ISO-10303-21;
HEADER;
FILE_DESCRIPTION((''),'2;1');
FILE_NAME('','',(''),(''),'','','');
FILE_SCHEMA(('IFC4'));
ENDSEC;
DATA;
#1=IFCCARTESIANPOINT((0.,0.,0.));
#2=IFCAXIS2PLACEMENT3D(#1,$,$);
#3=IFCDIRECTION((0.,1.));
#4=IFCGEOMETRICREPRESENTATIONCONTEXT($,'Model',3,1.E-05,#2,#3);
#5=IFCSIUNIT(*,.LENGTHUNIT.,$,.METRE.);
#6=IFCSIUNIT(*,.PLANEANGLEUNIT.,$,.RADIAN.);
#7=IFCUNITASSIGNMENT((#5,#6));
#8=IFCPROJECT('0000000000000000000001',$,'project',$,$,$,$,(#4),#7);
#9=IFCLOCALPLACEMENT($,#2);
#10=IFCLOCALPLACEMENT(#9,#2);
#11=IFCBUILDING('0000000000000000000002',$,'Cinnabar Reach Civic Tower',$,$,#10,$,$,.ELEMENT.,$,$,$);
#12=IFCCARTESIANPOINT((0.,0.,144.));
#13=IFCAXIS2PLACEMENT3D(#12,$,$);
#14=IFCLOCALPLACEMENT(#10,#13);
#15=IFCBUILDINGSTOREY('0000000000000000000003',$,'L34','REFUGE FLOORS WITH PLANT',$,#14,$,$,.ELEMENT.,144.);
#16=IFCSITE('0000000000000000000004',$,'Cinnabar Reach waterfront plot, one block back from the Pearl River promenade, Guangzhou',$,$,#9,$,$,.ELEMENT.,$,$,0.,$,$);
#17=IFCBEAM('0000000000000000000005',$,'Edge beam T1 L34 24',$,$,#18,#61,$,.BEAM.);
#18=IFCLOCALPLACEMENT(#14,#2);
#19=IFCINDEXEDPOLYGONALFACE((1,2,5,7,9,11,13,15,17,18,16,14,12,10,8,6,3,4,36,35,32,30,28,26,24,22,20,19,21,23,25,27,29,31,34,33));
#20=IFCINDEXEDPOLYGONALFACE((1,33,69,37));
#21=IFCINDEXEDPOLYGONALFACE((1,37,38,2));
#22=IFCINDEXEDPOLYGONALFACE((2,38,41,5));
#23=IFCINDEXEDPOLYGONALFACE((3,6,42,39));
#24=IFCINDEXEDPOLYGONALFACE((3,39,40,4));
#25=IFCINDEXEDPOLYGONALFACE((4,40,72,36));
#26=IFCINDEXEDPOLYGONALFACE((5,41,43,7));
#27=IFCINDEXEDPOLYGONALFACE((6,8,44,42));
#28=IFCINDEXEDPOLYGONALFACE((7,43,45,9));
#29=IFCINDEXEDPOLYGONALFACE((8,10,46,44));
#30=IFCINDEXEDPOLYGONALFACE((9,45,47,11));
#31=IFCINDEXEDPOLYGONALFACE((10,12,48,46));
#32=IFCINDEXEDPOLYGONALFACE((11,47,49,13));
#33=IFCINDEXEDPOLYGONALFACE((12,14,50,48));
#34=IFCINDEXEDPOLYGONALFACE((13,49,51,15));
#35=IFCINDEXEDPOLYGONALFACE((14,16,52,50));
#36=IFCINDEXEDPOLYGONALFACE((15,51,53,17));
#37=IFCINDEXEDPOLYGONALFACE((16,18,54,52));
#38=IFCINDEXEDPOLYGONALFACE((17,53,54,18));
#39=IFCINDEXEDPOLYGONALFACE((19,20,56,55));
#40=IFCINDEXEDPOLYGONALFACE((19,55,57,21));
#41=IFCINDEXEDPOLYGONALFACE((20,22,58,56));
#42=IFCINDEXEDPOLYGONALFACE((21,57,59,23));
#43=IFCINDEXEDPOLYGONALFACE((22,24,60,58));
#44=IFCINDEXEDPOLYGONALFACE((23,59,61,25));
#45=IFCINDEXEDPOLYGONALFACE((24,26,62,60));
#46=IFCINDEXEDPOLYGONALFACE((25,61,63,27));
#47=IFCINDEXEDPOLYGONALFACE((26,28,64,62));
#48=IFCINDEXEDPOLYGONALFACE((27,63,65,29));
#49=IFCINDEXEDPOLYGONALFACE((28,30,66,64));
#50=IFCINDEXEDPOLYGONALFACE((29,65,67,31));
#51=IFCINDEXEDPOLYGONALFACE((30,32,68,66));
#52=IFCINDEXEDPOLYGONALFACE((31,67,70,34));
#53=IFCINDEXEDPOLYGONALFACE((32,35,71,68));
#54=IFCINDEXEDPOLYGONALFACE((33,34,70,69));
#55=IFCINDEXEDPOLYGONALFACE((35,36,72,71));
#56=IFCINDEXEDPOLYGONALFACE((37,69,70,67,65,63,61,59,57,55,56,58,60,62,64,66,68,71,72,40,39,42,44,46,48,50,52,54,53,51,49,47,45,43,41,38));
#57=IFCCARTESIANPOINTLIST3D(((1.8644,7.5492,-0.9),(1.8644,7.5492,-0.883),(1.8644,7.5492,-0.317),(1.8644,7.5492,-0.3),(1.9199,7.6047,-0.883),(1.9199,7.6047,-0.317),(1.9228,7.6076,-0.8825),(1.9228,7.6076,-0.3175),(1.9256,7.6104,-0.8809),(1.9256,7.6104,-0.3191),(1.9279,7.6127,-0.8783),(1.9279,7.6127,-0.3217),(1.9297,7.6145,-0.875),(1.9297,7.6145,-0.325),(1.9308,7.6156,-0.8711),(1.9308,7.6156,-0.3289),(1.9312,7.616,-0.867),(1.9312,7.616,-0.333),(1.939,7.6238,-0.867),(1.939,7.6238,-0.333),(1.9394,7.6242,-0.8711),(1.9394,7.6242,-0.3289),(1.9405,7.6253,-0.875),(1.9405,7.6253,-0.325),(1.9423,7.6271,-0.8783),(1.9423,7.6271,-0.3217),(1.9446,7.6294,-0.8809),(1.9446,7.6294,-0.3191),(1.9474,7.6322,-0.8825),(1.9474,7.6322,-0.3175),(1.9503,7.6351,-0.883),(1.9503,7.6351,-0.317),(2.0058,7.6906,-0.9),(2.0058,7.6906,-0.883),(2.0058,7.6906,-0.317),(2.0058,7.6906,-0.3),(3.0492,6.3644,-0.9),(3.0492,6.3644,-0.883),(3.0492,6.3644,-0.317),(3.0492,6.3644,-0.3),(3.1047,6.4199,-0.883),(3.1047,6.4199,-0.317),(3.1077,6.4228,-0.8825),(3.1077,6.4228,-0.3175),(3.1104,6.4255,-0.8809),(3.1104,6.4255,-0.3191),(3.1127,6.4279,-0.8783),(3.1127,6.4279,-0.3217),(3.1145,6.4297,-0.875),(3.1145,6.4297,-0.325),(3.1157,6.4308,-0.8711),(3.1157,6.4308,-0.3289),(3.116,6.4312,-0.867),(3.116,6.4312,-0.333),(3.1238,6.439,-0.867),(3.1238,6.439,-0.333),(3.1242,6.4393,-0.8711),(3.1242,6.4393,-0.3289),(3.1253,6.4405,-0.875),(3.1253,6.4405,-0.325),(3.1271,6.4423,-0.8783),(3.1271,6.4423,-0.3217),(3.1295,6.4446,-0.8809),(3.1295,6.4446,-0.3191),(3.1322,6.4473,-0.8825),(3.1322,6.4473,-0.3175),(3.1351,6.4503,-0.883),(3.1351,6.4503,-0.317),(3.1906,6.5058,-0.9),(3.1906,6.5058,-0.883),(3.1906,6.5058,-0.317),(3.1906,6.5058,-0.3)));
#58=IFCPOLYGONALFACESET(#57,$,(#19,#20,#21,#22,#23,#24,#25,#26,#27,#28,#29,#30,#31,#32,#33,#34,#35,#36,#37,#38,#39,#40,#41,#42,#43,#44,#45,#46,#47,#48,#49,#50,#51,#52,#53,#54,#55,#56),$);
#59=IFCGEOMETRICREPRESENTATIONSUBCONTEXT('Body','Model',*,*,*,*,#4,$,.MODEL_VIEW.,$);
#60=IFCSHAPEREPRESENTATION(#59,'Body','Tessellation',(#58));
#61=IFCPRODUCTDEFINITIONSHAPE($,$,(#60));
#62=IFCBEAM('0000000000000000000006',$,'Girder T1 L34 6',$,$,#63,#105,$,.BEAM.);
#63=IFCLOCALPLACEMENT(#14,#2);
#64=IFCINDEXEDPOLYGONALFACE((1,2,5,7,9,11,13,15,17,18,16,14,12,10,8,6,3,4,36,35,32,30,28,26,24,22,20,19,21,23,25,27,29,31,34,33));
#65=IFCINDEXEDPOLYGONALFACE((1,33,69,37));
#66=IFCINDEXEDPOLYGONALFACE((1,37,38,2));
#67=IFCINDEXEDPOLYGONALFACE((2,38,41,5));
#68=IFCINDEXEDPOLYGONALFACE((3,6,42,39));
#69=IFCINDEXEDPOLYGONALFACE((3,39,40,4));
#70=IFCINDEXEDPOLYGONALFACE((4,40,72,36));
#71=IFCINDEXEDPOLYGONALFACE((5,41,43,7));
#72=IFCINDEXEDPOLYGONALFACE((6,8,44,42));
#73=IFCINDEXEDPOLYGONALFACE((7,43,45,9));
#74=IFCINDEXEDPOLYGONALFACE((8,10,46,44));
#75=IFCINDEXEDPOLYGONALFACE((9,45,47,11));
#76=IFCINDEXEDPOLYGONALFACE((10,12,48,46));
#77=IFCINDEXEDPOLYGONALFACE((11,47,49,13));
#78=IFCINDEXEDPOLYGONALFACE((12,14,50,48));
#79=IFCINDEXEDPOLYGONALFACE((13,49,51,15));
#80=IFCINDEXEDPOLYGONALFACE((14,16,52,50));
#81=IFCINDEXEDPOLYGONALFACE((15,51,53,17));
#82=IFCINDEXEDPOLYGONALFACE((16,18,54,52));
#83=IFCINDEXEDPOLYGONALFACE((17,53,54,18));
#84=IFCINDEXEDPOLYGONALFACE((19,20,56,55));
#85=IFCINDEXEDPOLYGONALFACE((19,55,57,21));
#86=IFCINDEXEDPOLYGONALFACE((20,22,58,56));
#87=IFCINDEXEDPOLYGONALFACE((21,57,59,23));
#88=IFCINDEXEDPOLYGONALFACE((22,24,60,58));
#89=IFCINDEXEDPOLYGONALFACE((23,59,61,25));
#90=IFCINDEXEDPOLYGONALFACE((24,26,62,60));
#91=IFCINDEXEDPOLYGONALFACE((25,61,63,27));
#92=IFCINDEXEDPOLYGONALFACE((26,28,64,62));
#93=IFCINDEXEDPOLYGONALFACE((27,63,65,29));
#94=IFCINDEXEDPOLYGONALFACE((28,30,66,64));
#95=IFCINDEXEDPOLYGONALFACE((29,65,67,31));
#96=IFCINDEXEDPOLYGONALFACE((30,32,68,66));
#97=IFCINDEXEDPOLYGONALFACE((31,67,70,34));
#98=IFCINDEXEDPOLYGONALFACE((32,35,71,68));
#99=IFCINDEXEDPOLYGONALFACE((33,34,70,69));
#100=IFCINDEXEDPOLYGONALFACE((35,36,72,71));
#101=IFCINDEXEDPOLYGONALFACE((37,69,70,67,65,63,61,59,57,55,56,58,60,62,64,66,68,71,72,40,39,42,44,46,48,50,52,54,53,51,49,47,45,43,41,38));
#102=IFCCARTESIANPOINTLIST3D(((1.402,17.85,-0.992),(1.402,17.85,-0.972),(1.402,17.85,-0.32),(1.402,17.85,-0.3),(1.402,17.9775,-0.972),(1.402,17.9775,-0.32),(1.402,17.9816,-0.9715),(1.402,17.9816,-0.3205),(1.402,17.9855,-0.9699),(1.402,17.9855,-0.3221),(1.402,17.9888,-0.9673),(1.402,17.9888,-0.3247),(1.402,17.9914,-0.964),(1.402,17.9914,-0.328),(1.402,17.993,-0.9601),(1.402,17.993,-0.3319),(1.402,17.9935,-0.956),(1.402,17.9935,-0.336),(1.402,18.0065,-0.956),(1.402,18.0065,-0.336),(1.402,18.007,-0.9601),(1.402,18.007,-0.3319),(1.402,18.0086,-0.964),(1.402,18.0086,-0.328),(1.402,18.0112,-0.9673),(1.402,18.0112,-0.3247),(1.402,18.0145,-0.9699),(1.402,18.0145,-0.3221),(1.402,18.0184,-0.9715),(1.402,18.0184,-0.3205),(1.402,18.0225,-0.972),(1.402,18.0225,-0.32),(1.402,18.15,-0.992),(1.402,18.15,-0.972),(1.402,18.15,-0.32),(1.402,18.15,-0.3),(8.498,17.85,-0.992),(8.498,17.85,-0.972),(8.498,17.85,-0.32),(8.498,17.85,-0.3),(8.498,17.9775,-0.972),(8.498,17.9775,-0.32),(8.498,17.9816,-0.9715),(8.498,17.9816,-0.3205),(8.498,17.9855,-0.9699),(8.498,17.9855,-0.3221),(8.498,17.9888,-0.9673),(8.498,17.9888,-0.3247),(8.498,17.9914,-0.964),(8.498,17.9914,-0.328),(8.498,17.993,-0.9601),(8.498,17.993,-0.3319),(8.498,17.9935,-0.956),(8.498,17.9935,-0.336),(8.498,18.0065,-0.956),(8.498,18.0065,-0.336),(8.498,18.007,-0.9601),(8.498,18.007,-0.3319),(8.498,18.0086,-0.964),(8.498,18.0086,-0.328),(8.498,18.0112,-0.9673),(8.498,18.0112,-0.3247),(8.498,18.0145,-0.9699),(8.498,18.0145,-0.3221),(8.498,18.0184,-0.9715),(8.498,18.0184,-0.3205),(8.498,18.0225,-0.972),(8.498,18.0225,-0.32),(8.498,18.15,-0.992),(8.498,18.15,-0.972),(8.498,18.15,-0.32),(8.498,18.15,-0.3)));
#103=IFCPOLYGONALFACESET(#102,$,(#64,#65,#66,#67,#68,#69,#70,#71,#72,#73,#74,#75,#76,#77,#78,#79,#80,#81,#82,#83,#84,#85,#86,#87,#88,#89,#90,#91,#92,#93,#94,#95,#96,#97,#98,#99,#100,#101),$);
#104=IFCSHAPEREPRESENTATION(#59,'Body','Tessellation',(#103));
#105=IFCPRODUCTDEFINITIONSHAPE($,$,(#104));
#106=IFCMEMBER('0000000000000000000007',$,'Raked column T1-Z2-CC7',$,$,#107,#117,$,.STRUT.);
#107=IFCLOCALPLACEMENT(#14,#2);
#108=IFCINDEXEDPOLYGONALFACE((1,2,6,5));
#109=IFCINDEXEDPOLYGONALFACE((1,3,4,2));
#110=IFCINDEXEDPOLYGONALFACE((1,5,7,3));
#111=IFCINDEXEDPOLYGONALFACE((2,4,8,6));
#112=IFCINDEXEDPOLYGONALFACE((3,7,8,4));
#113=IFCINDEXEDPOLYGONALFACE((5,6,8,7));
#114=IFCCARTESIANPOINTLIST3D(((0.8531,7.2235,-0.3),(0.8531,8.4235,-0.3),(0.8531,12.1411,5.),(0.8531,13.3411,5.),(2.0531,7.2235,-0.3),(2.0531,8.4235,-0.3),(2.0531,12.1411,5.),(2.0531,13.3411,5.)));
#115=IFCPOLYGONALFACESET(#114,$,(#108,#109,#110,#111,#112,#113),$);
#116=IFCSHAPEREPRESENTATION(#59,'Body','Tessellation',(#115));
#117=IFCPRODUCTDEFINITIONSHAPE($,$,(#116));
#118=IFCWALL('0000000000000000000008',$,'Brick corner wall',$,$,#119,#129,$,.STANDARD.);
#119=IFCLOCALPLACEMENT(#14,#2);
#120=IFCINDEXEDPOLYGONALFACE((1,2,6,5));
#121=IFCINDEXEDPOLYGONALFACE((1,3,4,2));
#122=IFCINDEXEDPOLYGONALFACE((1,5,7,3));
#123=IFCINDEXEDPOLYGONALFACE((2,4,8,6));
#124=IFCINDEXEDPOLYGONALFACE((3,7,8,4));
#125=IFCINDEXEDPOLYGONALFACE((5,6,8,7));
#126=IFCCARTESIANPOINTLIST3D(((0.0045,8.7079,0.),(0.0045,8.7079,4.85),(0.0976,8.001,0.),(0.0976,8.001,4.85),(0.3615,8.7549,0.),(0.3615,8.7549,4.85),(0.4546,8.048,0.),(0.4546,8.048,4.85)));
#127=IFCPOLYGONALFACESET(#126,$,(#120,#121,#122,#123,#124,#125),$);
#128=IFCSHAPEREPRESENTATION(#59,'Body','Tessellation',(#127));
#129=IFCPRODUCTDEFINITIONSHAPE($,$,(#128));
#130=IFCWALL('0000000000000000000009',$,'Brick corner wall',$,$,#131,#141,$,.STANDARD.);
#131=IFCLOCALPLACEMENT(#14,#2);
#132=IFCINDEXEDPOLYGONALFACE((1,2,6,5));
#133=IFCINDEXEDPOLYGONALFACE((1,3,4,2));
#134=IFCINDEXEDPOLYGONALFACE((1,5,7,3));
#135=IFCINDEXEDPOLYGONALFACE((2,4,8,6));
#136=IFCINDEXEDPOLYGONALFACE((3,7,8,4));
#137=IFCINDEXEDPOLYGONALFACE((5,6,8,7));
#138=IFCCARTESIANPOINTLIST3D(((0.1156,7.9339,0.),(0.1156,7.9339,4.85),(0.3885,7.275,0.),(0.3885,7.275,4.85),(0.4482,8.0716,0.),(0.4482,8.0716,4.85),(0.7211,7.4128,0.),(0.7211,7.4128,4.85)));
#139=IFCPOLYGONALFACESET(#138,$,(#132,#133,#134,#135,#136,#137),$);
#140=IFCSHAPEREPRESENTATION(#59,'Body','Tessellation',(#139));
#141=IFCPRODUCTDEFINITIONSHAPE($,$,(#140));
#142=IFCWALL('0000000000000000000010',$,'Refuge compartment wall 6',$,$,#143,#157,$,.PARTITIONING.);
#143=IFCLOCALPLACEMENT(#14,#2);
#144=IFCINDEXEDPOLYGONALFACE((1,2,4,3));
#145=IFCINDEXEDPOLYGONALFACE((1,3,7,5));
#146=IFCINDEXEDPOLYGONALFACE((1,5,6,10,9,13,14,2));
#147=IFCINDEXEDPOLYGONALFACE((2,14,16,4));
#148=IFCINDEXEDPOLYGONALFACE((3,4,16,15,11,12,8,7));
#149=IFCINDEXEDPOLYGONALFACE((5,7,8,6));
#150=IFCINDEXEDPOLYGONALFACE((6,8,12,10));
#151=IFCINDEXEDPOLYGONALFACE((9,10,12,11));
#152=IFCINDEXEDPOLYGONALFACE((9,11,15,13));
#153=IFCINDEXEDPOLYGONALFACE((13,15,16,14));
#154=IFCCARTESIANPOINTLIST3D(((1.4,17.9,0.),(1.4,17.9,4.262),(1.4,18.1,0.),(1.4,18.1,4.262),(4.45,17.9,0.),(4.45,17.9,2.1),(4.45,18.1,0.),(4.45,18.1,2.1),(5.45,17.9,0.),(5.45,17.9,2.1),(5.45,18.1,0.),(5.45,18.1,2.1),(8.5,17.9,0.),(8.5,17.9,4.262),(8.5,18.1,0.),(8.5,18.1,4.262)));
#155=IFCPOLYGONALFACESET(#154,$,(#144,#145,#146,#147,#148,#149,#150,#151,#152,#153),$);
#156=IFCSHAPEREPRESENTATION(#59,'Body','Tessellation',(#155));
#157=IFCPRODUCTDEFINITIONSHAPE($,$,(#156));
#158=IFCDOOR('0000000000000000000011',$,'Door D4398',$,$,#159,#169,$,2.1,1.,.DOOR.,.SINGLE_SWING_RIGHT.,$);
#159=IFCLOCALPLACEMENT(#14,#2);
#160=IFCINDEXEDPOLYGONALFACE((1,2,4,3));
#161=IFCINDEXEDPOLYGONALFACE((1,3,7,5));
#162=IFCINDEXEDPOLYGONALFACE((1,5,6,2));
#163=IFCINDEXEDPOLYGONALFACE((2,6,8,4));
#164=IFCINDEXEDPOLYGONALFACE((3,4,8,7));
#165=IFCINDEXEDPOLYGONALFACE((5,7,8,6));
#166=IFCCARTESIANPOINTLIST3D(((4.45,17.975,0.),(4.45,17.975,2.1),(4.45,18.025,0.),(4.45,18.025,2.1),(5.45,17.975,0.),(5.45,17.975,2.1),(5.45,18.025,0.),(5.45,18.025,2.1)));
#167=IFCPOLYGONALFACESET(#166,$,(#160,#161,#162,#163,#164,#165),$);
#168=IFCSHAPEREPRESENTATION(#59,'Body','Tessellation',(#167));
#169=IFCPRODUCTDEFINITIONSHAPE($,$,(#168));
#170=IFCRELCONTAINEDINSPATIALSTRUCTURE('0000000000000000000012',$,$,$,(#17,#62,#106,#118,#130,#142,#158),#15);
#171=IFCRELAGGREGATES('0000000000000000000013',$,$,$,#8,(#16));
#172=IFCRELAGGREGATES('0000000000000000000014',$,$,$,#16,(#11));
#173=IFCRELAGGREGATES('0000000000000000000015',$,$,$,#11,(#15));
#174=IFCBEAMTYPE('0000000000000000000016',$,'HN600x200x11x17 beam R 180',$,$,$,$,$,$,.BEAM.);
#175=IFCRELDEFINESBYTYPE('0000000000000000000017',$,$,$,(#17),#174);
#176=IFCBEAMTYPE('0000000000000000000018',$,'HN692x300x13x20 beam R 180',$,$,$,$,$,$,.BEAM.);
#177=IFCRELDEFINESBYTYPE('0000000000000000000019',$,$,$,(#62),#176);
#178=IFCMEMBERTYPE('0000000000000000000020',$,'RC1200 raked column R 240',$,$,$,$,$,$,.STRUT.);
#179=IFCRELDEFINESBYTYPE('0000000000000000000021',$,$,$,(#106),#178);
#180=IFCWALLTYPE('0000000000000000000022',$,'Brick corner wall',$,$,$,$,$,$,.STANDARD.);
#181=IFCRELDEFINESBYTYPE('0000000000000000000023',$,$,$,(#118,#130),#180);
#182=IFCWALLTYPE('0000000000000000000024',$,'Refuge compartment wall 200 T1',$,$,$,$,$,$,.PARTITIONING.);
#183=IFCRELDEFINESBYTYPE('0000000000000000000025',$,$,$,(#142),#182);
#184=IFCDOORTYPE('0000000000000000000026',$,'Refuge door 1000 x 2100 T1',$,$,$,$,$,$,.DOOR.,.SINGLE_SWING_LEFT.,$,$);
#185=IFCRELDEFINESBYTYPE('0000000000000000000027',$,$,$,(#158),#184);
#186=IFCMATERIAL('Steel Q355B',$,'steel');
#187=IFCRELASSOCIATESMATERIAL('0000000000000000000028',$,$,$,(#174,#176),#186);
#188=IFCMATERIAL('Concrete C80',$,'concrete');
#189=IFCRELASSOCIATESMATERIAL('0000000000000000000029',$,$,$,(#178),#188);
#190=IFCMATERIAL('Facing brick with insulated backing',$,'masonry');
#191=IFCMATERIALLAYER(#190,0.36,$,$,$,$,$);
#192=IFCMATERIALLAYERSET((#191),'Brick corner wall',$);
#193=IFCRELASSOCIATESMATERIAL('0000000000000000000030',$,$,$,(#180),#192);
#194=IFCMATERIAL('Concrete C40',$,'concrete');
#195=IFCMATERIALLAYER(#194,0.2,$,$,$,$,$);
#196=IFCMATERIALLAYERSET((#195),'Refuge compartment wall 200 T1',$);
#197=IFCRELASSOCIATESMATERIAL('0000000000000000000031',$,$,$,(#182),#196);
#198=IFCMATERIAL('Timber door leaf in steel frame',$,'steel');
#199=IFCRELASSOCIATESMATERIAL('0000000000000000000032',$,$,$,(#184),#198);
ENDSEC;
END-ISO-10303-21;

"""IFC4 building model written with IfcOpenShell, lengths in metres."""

from ifc_helpers import new_model, si_unit, direction, frame, frame_2d, origin, origin_2d, place, context, subcontext, project, spatial, rectangle, i_section, extrude, material, layer, layer_set, material_profile, profile_set, type_object, element, fill, save


model = new_model("IFC4")

# Units and contexts
model_context = context("Model", 3, precision=1e-05, world=origin(), true_north=direction((0.0, 1.0)))
body_context = subcontext(model_context, "Body", "Model", "MODEL_VIEW")
ifc_project = project(units=[si_unit("LENGTHUNIT", "METRE"), si_unit("PLANEANGLEUNIT", "RADIAN")], contexts=[model_context])

# Site, building, storey
site_placement = place(None, origin())
site = spatial("IfcSite", under=ifc_project, at=site_placement, Name="Cinnabar Reach waterfront plot, one block back from the Pearl River promenade, Guangzhou", CompositionType="ELEMENT", RefElevation=0.0)
building_placement = place(site_placement, origin())
building = spatial("IfcBuilding", under=site, at=building_placement, Name="Cinnabar Reach Civic Tower", CompositionType="ELEMENT")
storey_placement = place(building_placement, frame((0.0, 0.0, 144.0)))
storey = spatial("IfcBuildingStorey", under=building, at=storey_placement, Name="L34", Description="REFUGE FLOORS WITH PLANT", CompositionType="ELEMENT", Elevation=144.0)

# Shared definitions
ifc_material_1 = material(Name="Concrete C80", Category="concrete")

# Beams
ifc_material_2 = material(Name="Steel Q355B", Category="steel")
ifc_material_profile_1 = material_profile(ifc_material_2, i_section(OverallWidth=0.2, OverallDepth=0.6, WebThickness=0.011, FlangeThickness=0.017, FilletRadius=0.016, at=origin_2d()), Name="HN600x200x11x17")
ifc_profile_set_1 = profile_set([ifc_material_profile_1], Name="Steel Q355B")
beam_type_1 = type_object("IfcBeamType", Name="HN600x200x11x17 beam R 180", PredefinedType="BEAM", material=ifc_profile_set_1)
beam_1_placement = place(storey_placement, frame((1.9351, 7.6199, -0.6), z_axis=(0.707107, -0.707107, 0.0), x_axis=(0.707107, 0.707107, 0.0)))
element("IfcBeam", 1, at=beam_1_placement, inside=storey, type_object=beam_type_1, Name="Edge beam T1 L34 24", PredefinedType="BEAM", context=body_context, shape_type="SweptSolid", body=[
    extrude(i_section(OverallWidth=0.2, OverallDepth=0.6, WebThickness=0.011, FlangeThickness=0.017, FilletRadius=0.016, at=origin_2d()), origin(), (0.0, 0.0, 1.0), 1.6756),
])
ifc_material_profile_2 = material_profile(ifc_material_2, i_section(OverallWidth=0.3, OverallDepth=0.692, WebThickness=0.013, FlangeThickness=0.02, FilletRadius=0.016, at=origin_2d()), Name="HN692x300x13x20")
ifc_profile_set_2 = profile_set([ifc_material_profile_2], Name="Steel Q355B")
beam_type_2 = type_object("IfcBeamType", Name="HN692x300x13x20 beam R 180", PredefinedType="BEAM", material=ifc_profile_set_2)
beam_2_placement = place(storey_placement, frame((1.402, 18.0, -0.646), z_axis=(1.0, 0.0, 0.0), x_axis=(0.0, 1.0, 0.0)))
element("IfcBeam", 2, at=beam_2_placement, inside=storey, type_object=beam_type_2, Name="Girder T1 L34 6", PredefinedType="BEAM", context=body_context, shape_type="SweptSolid", body=[
    extrude(i_section(OverallWidth=0.3, OverallDepth=0.692, WebThickness=0.013, FlangeThickness=0.02, FilletRadius=0.016, at=origin_2d()), origin(), (0.0, 0.0, 1.0), 7.096),
])

# Member
ifc_material_profile_3 = material_profile(ifc_material_1, rectangle(XDim=1.2, YDim=1.2, at=origin_2d()), Name="RC1200")
ifc_profile_set_3 = profile_set([ifc_material_profile_3], Name="Concrete C80")
member_type = type_object("IfcMemberType", Name="RC1200 raked column R 240", PredefinedType="STRUT", material=ifc_profile_set_3)
member_placement = place(storey_placement, frame((1.4531, 7.8235, -0.3), z_axis=(0.0, 0.0, 1.0), x_axis=(1.0, 0.0, 0.0)))
element("IfcMember", 3, at=member_placement, inside=storey, type_object=member_type, Name="Raked column T1-Z2-CC7", PredefinedType="STRUT", context=body_context, shape_type="SweptSolid", body=[
    extrude(rectangle(XDim=1.2, YDim=1.2, at=origin_2d()), origin(), (0.0, 0.680167, 0.733057), 7.23),
])

# Walls
ifc_material_3 = material(Name="Facing brick with insulated backing", Category="masonry")
ifc_layer_1 = layer(ifc_material_3, 0.36)
ifc_layer_set_1 = layer_set([ifc_layer_1], Name="Brick corner wall")
wall_type_1 = type_object("IfcWallType", Name="Brick corner wall", PredefinedType="STANDARD", material=ifc_layer_set_1)
for number, where, z_axis, x_axis, name in (
    (4, (0.183, 8.7314, 0.0), (0.0, 0.0, 1.0), (0.130556, -0.991441, 0.0), "Brick corner wall"),
    (5, (0.2819, 8.0027, 0.0), (0.0, 0.0, 1.0), (0.382703, -0.923872, 0.0), "Brick corner wall"),
):
    element("IfcWall", number, at=place(storey_placement, frame(where, z_axis=z_axis, x_axis=x_axis)), inside=storey, type_object=wall_type_1, Name=name, PredefinedType="STANDARD", context=body_context, shape_type="SweptSolid", body=[
        extrude(rectangle(XDim=0.7131, YDim=0.36, at=frame_2d((0.3565, 0.0))), origin(), (0.0, 0.0, 1.0), 4.85),
    ])

# Wall, opening, door
ifc_material_4 = material(Name="Concrete C40", Category="concrete")
ifc_layer_2 = layer(ifc_material_4, 0.2)
ifc_layer_set_2 = layer_set([ifc_layer_2], Name="Refuge compartment wall 200 T1")
wall_type_2 = type_object("IfcWallType", Name="Refuge compartment wall 200 T1", PredefinedType="PARTITIONING", material=ifc_layer_set_2)
wall_1_placement = place(storey_placement, frame((1.4, 18.0, 0.0), z_axis=(0.0, 0.0, 1.0), x_axis=(1.0, 0.0, 0.0)))
wall_1 = element("IfcWall", 6, at=wall_1_placement, inside=storey, type_object=wall_type_2, Name="Refuge compartment wall 6", PredefinedType="PARTITIONING", context=body_context, shape_type="SweptSolid", body=[
    extrude(rectangle(XDim=7.1, YDim=0.2, at=frame_2d((3.55, 0.0))), origin(), (0.0, 0.0, 1.0), 4.262),
])
opening_1_placement = place(wall_1_placement, frame((3.05, 0.0, 0.0)))
opening_1 = element("IfcOpeningElement", 7, at=opening_1_placement, cuts=wall_1, PredefinedType="OPENING", context=body_context, shape_type="SweptSolid", body=[
    extrude(rectangle(XDim=1.0, YDim=2.1, at=frame_2d((0.5, 1.05))), frame((0.0, 0.11, 0.0), z_axis=(0.0, -1.0, 0.0), x_axis=(1.0, 0.0, 0.0)), (0.0, 0.0, 1.0), 0.22),
])
ifc_material_5 = material(Name="Timber door leaf in steel frame", Category="steel")
door_type = type_object("IfcDoorType", Name="Refuge door 1000 x 2100 T1", OperationType="SINGLE_SWING_LEFT", PredefinedType="DOOR", material=ifc_material_5)
door_1_placement = place(opening_1_placement, frame((1.0, 0.0, 0.0), z_axis=(0.0, 0.0, 1.0), x_axis=(-1.0, 0.0, 0.0)))
door_1 = element("IfcDoor", 8, at=door_1_placement, inside=storey, type_object=door_type, Name="Door D4398", OperationType="SINGLE_SWING_RIGHT", OverallHeight=2.1, OverallWidth=1.0, PredefinedType="DOOR", context=body_context, shape_type="SweptSolid", body=[
    extrude(rectangle(XDim=1.0, YDim=2.1, at=frame_2d((0.5, 1.05))), frame((0.0, 0.025, 0.0), z_axis=(0.0, -1.0, 0.0), x_axis=(1.0, 0.0, 0.0)), (0.0, 0.0, 1.0), 0.05),
])
fill(opening_1, door_1)

save(model, "model.ifc")
